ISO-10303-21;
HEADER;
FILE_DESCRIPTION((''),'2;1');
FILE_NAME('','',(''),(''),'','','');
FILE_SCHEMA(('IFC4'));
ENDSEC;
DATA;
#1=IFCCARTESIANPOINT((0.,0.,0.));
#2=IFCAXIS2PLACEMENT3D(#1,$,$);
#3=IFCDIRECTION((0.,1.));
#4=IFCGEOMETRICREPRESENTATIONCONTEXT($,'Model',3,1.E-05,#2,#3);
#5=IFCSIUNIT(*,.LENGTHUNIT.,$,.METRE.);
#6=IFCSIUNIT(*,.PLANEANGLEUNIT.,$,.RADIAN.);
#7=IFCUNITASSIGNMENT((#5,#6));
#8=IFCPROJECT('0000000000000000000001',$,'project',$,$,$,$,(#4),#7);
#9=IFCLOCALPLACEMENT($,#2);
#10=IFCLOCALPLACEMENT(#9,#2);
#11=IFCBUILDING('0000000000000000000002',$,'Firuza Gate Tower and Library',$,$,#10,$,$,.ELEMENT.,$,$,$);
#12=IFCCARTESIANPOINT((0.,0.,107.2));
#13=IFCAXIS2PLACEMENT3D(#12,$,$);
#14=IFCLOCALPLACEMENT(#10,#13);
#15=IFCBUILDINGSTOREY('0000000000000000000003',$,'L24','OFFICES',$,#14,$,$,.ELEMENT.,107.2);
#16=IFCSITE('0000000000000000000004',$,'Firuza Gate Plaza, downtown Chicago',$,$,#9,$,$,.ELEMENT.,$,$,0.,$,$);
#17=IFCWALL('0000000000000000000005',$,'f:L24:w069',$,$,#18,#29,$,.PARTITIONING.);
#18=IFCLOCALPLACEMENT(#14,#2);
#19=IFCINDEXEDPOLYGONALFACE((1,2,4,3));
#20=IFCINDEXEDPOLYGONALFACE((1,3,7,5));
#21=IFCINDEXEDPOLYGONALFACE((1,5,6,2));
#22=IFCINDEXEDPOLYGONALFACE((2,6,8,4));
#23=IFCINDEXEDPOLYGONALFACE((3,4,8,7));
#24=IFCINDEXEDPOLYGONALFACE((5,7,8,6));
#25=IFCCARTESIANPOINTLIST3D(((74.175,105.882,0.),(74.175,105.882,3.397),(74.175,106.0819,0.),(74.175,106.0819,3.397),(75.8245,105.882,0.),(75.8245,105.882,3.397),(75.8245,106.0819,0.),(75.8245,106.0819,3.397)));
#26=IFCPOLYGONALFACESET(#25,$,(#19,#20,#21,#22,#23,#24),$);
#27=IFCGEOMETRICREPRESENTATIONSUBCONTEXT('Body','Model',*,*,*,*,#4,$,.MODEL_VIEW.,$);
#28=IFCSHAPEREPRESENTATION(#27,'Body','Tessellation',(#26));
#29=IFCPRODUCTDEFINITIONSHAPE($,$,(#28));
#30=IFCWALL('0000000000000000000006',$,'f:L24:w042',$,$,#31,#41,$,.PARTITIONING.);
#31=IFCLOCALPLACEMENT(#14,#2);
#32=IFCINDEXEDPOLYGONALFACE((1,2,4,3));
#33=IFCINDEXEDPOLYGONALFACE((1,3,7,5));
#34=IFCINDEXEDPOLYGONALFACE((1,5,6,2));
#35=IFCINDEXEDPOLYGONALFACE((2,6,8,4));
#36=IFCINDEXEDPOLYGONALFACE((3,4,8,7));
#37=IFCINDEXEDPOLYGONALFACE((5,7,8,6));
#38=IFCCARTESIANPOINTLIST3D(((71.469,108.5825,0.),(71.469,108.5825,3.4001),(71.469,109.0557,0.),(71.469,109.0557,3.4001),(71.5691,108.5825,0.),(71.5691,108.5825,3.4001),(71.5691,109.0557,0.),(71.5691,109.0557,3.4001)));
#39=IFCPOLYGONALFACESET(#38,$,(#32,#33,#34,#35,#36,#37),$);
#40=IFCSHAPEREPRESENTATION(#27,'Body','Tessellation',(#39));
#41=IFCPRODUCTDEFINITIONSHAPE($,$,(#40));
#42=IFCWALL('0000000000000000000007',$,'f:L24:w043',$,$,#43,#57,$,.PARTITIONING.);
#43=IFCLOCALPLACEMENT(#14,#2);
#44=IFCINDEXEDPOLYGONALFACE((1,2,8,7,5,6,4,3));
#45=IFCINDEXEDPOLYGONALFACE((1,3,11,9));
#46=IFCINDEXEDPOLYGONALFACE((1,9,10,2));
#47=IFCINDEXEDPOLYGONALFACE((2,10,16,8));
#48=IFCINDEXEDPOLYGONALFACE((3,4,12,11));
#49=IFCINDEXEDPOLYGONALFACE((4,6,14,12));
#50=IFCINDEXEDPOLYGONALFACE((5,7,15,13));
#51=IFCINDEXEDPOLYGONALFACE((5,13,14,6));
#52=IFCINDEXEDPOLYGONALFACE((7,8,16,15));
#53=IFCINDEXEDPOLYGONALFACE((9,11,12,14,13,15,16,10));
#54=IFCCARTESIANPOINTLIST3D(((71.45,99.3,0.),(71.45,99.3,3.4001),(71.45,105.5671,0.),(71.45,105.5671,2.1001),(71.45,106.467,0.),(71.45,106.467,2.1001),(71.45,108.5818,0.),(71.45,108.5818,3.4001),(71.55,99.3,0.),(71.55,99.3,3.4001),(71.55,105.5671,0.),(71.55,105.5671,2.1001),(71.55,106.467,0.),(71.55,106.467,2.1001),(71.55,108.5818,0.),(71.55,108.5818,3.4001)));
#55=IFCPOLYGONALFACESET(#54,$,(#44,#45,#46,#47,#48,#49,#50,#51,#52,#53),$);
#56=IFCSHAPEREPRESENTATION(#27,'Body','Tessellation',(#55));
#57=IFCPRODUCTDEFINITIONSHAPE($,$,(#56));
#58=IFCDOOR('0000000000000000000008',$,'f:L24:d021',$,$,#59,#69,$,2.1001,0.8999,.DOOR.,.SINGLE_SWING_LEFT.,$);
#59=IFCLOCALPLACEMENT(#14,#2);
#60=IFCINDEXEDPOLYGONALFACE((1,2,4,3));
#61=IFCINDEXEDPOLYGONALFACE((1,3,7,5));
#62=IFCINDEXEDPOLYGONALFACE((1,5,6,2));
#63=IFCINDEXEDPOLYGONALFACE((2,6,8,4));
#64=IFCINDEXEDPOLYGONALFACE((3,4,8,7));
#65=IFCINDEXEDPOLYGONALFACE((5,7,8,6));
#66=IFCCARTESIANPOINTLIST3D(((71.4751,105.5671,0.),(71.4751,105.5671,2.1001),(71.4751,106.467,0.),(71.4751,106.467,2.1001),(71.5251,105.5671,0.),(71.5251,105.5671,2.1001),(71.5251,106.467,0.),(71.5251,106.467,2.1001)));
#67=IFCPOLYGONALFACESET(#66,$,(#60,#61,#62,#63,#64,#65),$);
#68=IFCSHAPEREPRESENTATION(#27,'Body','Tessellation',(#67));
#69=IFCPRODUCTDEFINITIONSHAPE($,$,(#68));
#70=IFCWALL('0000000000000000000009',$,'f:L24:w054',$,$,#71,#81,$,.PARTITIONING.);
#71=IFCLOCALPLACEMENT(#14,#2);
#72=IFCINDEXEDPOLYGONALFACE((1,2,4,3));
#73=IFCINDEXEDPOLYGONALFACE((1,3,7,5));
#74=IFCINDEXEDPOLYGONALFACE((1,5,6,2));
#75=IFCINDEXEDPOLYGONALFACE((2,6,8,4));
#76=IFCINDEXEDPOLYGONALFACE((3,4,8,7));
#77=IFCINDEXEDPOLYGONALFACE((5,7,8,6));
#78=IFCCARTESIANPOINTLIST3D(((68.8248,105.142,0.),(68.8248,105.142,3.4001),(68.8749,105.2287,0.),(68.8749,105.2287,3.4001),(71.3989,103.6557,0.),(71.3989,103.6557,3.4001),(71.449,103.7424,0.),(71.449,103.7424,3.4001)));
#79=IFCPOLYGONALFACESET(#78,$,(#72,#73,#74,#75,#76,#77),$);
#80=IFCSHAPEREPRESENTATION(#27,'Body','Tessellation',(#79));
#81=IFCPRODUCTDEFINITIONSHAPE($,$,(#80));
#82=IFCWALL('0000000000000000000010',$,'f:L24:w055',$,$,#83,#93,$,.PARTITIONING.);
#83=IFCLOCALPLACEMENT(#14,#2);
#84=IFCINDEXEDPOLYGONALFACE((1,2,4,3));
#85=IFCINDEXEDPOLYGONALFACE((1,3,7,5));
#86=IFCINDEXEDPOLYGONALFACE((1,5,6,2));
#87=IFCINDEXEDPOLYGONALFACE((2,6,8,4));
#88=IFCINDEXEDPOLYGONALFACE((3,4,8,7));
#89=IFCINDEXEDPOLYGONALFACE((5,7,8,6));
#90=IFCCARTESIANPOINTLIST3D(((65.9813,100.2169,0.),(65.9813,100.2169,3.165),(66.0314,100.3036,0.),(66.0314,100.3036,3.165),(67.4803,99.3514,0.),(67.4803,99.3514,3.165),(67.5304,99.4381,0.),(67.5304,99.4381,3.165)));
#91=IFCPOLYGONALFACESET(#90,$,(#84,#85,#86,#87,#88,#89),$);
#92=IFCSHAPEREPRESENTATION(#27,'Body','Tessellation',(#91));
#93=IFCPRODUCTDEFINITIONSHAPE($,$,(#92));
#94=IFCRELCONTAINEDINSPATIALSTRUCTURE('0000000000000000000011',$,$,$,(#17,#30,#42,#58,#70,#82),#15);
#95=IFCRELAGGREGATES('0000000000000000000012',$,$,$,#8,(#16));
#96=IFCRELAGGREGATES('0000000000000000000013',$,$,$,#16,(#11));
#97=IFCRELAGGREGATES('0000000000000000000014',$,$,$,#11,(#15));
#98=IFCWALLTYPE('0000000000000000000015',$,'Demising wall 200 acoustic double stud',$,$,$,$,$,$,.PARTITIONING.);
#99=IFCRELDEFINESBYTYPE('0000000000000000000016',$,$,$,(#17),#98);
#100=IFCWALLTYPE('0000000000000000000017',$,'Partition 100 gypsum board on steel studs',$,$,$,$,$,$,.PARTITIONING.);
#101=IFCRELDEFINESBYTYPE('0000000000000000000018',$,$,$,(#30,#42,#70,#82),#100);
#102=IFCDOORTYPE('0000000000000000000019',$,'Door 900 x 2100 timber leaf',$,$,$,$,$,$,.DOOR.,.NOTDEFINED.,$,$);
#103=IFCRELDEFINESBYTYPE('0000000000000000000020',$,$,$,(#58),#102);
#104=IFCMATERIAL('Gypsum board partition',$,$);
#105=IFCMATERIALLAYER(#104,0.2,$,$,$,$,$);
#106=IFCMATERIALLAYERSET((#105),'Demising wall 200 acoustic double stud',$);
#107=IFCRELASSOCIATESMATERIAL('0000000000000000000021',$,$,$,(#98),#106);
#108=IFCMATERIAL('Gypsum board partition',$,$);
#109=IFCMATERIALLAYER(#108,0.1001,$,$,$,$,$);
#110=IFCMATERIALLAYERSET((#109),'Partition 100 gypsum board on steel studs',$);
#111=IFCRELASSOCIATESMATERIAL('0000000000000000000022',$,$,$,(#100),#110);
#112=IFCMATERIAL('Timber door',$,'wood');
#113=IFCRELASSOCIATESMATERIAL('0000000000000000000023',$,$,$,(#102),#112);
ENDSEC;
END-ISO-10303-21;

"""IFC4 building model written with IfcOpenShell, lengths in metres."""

from ifc_helpers import new_model, si_unit, direction, frame, frame_2d, origin, place, context, subcontext, project, spatial, rectangle, extrude, material, layer, layer_set, type_object, element, fill, save


model = new_model("IFC4")

# Units and contexts
model_context = context("Model", 3, precision=1e-05, world=origin(), true_north=direction((0.0, 1.0)))
body_context = subcontext(model_context, "Body", "Model", "MODEL_VIEW")
ifc_project = project(units=[si_unit("LENGTHUNIT", "METRE"), si_unit("PLANEANGLEUNIT", "RADIAN")], contexts=[model_context])

# Site, building, storey
site_placement = place(None, origin())
site = spatial("IfcSite", under=ifc_project, at=site_placement, Name="Firuza Gate Plaza, downtown Chicago", CompositionType="ELEMENT", RefElevation=0.0)
building_placement = place(site_placement, origin())
building = spatial("IfcBuilding", under=site, at=building_placement, Name="Firuza Gate Tower and Library", CompositionType="ELEMENT")
storey_placement = place(building_placement, frame((0.0, 0.0, 107.2)))
storey = spatial("IfcBuildingStorey", under=building, at=storey_placement, Name="L24", Description="OFFICES", CompositionType="ELEMENT", Elevation=107.2)

# Walls
ifc_material_1 = material(Name="Gypsum board partition")
ifc_layer_1 = layer(ifc_material_1, 0.2)
ifc_layer_set_1 = layer_set([ifc_layer_1], Name="Demising wall 200 acoustic double stud")
wall_type_1 = type_object("IfcWallType", Name="Demising wall 200 acoustic double stud", PredefinedType="PARTITIONING", material=ifc_layer_set_1)
wall_1_placement = place(storey_placement, frame((74.175, 105.9819, 0.0), z_axis=(0.0, 0.0, 1.0), x_axis=(1.0, 0.0, 0.0)))
element("IfcWall", 1, at=wall_1_placement, inside=storey, type_object=wall_type_1, Name="f:L24:w069", PredefinedType="PARTITIONING", context=body_context, shape_type="SweptSolid", body=[
    extrude(rectangle(XDim=1.6494, YDim=0.2, at=frame_2d((0.8247, 0.0))), origin(), (0.0, 0.0, 1.0), 3.397),
])
ifc_material_2 = material(Name="Gypsum board partition")
ifc_layer_2 = layer(ifc_material_2, 0.1001)
ifc_layer_set_2 = layer_set([ifc_layer_2], Name="Partition 100 gypsum board on steel studs")
wall_type_2 = type_object("IfcWallType", Name="Partition 100 gypsum board on steel studs", PredefinedType="PARTITIONING", material=ifc_layer_set_2)
wall_2_placement = place(storey_placement, frame((71.519, 108.5825, 0.0), z_axis=(0.0, 0.0, 1.0), x_axis=(0.0, 1.0, 0.0)))
element("IfcWall", 2, at=wall_2_placement, inside=storey, type_object=wall_type_2, Name="f:L24:w042", PredefinedType="PARTITIONING", context=body_context, shape_type="SweptSolid", body=[
    extrude(rectangle(XDim=0.4731, YDim=0.1001, at=frame_2d((0.2366, 0.0))), origin(), (0.0, 0.0, 1.0), 3.4001),
])

# Wall, opening, door
wall_3_placement = place(storey_placement, frame((71.5, 99.3, 0.0), z_axis=(0.0, 0.0, 1.0), x_axis=(0.0, 1.0, 0.0)))
wall_3 = element("IfcWall", 3, at=wall_3_placement, inside=storey, type_object=wall_type_2, Name="f:L24:w043", PredefinedType="PARTITIONING", context=body_context, shape_type="SweptSolid", body=[
    extrude(rectangle(XDim=9.2817, YDim=0.1001, at=frame_2d((4.6409, 0.0))), origin(), (0.0, 0.0, 1.0), 3.4001),
])
opening_placement = place(wall_3_placement, frame((6.2671, 0.0, 0.0)))
opening = element("IfcOpeningElement", 4, at=opening_placement, cuts=wall_3, PredefinedType="OPENING", context=body_context, shape_type="SweptSolid", body=[
    extrude(rectangle(XDim=0.8999, YDim=2.1001, at=frame_2d((0.45, 1.05))), frame((0.0, 0.0601, 0.0), z_axis=(0.0, -1.0, 0.0), x_axis=(1.0, 0.0, 0.0)), (0.0, 0.0, 1.0), 0.1201),
])
ifc_material_3 = material(Name="Timber door", Category="wood")
door_type = type_object("IfcDoorType", Name="Door 900 x 2100 timber leaf", OperationType="NOTDEFINED", PredefinedType="DOOR", material=ifc_material_3)
door_placement = place(opening_placement, origin())
door = element("IfcDoor", 5, at=door_placement, inside=storey, type_object=door_type, Name="f:L24:d021", OperationType="SINGLE_SWING_LEFT", OverallHeight=2.1001, OverallWidth=0.8999, PredefinedType="DOOR", context=body_context, shape_type="SweptSolid", body=[
    extrude(rectangle(XDim=0.8999, YDim=2.1001, at=frame_2d((0.45, 1.05))), frame((0.0, 0.0249, 0.0), z_axis=(0.0, -1.0, 0.0), x_axis=(1.0, 0.0, 0.0)), (0.0, 0.0, 1.0), 0.05),
])
fill(opening, door)

# Walls
wall_4_placement = place(storey_placement, frame((71.4241, 103.699, 0.0), z_axis=(0.0, 0.0, 1.0), x_axis=(-0.866011, 0.500026, 0.0)))
element("IfcWall", 6, at=wall_4_placement, inside=storey, type_object=wall_type_2, Name="f:L24:w054", PredefinedType="PARTITIONING", context=body_context, shape_type="SweptSolid", body=[
    extrude(rectangle(XDim=2.9724, YDim=0.1001, at=frame_2d((1.4863, 0.0))), origin(), (0.0, 0.0, 1.0), 3.4001),
])
wall_5_placement = place(storey_placement, frame((67.5054, 99.3948, 0.0), z_axis=(0.0, 0.0, 1.0), x_axis=(-0.866021, 0.500007, 0.0)))
element("IfcWall", 7, at=wall_5_placement, inside=storey, type_object=wall_type_2, Name="f:L24:w055", PredefinedType="PARTITIONING", context=body_context, shape_type="SweptSolid", body=[
    extrude(rectangle(XDim=1.731, YDim=0.1001, at=frame_2d((0.8655, 0.0))), origin(), (0.0, 0.0, 1.0), 3.165),
])

save(model, "model.ifc")
